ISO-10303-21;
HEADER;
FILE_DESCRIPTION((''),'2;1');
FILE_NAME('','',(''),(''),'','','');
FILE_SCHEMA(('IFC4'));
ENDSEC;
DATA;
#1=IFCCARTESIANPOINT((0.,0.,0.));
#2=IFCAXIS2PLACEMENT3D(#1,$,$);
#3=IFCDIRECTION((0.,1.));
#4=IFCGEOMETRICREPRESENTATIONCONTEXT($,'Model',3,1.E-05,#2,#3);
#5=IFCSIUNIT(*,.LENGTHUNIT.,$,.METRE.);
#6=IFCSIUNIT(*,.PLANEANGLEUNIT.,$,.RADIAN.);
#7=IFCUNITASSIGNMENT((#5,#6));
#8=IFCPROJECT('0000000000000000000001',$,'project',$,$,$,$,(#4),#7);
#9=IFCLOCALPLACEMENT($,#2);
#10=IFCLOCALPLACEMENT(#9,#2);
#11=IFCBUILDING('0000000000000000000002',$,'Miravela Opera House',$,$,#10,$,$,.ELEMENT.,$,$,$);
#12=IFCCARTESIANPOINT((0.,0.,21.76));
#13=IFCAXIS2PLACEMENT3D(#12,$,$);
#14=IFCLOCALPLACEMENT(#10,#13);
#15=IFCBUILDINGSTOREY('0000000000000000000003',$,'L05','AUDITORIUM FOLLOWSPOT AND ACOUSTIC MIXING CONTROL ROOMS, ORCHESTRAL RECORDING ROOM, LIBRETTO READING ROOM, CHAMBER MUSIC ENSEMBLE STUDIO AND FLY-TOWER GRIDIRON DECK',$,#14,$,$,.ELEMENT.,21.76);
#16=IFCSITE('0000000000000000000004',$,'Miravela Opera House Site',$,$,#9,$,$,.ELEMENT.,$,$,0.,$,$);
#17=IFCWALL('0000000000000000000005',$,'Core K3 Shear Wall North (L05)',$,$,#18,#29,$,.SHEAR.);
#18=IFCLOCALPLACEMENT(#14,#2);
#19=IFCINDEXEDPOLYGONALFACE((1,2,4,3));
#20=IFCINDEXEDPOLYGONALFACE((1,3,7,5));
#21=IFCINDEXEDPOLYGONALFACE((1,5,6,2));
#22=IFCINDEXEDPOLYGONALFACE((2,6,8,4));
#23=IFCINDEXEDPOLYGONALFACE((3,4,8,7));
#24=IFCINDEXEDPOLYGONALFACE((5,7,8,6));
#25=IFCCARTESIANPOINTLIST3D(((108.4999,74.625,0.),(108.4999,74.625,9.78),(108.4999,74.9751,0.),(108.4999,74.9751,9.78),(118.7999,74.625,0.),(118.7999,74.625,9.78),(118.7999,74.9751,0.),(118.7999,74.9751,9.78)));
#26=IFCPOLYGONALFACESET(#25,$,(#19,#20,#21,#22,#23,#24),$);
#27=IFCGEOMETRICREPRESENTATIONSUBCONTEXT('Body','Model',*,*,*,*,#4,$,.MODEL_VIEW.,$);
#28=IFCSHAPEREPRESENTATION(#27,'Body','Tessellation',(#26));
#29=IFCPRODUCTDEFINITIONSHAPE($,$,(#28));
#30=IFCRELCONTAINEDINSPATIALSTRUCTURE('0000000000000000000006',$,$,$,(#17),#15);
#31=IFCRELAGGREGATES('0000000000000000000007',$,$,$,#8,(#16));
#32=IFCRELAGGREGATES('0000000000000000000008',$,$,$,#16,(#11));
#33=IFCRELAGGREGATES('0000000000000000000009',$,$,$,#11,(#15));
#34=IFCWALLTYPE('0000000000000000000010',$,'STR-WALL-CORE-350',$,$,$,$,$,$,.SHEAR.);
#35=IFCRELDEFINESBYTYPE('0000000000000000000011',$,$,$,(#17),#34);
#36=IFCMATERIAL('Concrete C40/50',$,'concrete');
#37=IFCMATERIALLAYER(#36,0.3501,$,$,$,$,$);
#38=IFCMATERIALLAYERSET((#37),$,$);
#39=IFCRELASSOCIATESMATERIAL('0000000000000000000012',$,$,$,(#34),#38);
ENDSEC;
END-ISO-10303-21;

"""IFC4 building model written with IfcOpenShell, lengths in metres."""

from ifc_helpers import new_model, si_unit, direction, frame, frame_2d, origin, place, context, subcontext, project, spatial, rectangle, extrude, material, layer, layer_set, type_object, element, save


model = new_model("IFC4")

# Units and contexts
model_context = context("Model", 3, precision=1e-05, world=origin(), true_north=direction((0.0, 1.0)))
body_context = subcontext(model_context, "Body", "Model", "MODEL_VIEW")
ifc_project = project(units=[si_unit("LENGTHUNIT", "METRE"), si_unit("PLANEANGLEUNIT", "RADIAN")], contexts=[model_context])

# Site, building, storey
site_placement = place(None, origin())
site = spatial("IfcSite", under=ifc_project, at=site_placement, Name="Miravela Opera House Site", CompositionType="ELEMENT", RefElevation=0.0)
building_placement = place(site_placement, origin())
building = spatial("IfcBuilding", under=site, at=building_placement, Name="Miravela Opera House", CompositionType="ELEMENT")
storey_placement = place(building_placement, frame((0.0, 0.0, 21.76)))
storey = spatial("IfcBuildingStorey", under=building, at=storey_placement, Name="L05", Description="AUDITORIUM FOLLOWSPOT AND ACOUSTIC MIXING CONTROL ROOMS, ORCHESTRAL RECORDING ROOM, LIBRETTO READING ROOM, CHAMBER MUSIC ENSEMBLE STUDIO AND FLY-TOWER GRIDIRON DECK", CompositionType="ELEMENT", Elevation=21.76)

# Wall
ifc_material_1 = material(Name="Concrete C40/50", Category="concrete")
ifc_layer_1 = layer(ifc_material_1, 0.3501)
ifc_layer_set_1 = layer_set([ifc_layer_1])
wall_type_1 = type_object("IfcWallType", Name="STR-WALL-CORE-350", PredefinedType="SHEAR", material=ifc_layer_set_1)
wall_1_placement = place(storey_placement, frame((108.5, 74.8, 0.0), z_axis=(0.0, 0.0, 1.0), x_axis=(1.0, 0.0, 0.0)))
element("IfcWall", 1, at=wall_1_placement, inside=storey, type_object=wall_type_1, Name="Core K3 Shear Wall North (L05)", PredefinedType="SHEAR", context=body_context, shape_type="SweptSolid", body=[
    extrude(rectangle(XDim=10.3, YDim=0.3501, at=frame_2d((5.1499, 0.0))), origin(), (0.0, 0.0, 1.0), 9.78),
])

save(model, "model.ifc")
